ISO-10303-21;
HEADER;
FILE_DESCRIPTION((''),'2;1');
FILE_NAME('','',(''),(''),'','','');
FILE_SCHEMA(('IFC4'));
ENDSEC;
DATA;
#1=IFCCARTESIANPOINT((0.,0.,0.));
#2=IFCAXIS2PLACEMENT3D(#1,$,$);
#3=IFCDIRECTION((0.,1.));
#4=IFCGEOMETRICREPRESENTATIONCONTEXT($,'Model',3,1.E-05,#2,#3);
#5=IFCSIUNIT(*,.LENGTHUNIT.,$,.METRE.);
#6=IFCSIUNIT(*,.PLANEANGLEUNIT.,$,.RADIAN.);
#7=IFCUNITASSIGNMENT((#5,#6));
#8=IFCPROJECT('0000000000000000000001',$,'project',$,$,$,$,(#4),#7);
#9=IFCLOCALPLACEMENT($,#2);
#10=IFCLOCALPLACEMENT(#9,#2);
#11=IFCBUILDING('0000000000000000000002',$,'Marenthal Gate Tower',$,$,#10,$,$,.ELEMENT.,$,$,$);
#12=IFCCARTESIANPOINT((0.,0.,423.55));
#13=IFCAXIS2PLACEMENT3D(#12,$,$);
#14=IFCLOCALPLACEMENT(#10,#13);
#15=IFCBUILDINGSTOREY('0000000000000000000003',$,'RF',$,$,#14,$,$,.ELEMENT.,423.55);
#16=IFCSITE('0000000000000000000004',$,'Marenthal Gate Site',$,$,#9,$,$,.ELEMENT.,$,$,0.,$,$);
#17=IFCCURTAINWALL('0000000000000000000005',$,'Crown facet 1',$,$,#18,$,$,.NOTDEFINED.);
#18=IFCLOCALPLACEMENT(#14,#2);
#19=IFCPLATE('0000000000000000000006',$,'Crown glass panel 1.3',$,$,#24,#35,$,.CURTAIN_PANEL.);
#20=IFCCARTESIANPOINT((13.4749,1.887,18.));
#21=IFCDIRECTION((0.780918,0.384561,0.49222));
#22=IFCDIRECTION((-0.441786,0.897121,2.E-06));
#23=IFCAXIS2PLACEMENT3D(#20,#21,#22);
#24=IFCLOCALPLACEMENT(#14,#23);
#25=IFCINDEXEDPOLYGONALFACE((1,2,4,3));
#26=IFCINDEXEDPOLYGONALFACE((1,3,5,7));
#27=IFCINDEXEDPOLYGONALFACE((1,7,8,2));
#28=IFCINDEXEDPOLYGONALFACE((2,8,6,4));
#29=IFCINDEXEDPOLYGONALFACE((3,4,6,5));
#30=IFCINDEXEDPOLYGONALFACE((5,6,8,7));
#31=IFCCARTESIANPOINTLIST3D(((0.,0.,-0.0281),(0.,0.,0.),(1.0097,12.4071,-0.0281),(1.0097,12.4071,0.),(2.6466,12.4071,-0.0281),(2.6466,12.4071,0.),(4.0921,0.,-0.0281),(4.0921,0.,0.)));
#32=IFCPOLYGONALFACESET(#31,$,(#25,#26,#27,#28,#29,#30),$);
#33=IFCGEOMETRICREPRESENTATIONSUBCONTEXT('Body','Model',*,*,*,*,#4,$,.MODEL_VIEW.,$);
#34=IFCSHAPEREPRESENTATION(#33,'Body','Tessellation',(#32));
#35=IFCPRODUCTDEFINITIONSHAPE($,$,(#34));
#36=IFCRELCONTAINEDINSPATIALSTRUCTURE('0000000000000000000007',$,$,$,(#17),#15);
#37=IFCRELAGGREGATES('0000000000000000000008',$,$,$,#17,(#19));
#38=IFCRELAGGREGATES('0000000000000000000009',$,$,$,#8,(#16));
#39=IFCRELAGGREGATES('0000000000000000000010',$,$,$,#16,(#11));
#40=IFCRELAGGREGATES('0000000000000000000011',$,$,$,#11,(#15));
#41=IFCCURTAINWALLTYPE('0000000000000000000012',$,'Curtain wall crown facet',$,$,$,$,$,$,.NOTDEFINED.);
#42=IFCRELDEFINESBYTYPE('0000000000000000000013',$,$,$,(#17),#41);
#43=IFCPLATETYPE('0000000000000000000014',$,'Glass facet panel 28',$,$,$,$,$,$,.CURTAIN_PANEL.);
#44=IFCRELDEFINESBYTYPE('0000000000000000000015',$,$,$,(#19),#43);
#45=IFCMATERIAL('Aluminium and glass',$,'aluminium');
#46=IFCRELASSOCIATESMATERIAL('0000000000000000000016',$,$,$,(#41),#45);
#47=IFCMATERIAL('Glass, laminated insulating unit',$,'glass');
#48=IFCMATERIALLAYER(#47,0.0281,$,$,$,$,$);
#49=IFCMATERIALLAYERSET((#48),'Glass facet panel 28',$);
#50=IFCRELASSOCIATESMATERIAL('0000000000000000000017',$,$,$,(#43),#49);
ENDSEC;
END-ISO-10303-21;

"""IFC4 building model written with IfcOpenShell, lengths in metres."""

from ifc_helpers import new_model, si_unit, direction, frame, origin, place, context, subcontext, project, spatial, polyline, outline, extrude, material, layer, layer_set, type_object, element, aggregate, save


model = new_model("IFC4")

# Units and contexts
model_context = context("Model", 3, precision=1e-05, world=origin(), true_north=direction((0.0, 1.0)))
body_context = subcontext(model_context, "Body", "Model", "MODEL_VIEW")
ifc_project = project(units=[si_unit("LENGTHUNIT", "METRE"), si_unit("PLANEANGLEUNIT", "RADIAN")], contexts=[model_context])

# Site, building, storey
site_placement = place(None, origin())
site = spatial("IfcSite", under=ifc_project, at=site_placement, Name="Marenthal Gate Site", CompositionType="ELEMENT", RefElevation=0.0)
building_placement = place(site_placement, origin())
building = spatial("IfcBuilding", under=site, at=building_placement, Name="Marenthal Gate Tower", CompositionType="ELEMENT")
storey_placement = place(building_placement, frame((0.0, 0.0, 423.55)))
storey = spatial("IfcBuildingStorey", under=building, at=storey_placement, Name="RF", CompositionType="ELEMENT", Elevation=423.55)

# Curtain wall
ifc_material_1 = material(Name="Aluminium and glass", Category="aluminium")
curtain_wall_type = type_object("IfcCurtainWallType", Name="Curtain wall crown facet", PredefinedType="NOTDEFINED", material=ifc_material_1)
curtain_wall_1_placement = place(storey_placement, origin())
curtain_wall_1 = element("IfcCurtainWall", 1, at=curtain_wall_1_placement, inside=storey, type_object=curtain_wall_type, Name="Crown facet 1", PredefinedType="NOTDEFINED")

# Plate
ifc_material_2 = material(Name="Glass, laminated insulating unit", Category="glass")
ifc_layer = layer(ifc_material_2, 0.0281)
ifc_layer_set = layer_set([ifc_layer], Name="Glass facet panel 28")
plate_type = type_object("IfcPlateType", Name="Glass facet panel 28", PredefinedType="CURTAIN_PANEL", material=ifc_layer_set)
plate_1_placement = place(storey_placement, frame((13.4749, 1.887, 18.0), z_axis=(0.780918, 0.384561, 0.49222), x_axis=(-0.441786, 0.897121, 0.000002)))
plate_1 = element("IfcPlate", 2, at=plate_1_placement, type_object=plate_type, Name="Crown glass panel 1.3", PredefinedType="CURTAIN_PANEL", context=body_context, shape_type="SweptSolid", body=[
    extrude(outline(polyline([(0.0, 0.0), (4.0921, 0.0), (2.6466, 12.4071), (1.0097, 12.4071), (0.0, 0.0)])), origin(), (0.0, 0.0, -1.0), 0.0281),
])
aggregate(curtain_wall_1, [plate_1])

save(model, "model.ifc")
